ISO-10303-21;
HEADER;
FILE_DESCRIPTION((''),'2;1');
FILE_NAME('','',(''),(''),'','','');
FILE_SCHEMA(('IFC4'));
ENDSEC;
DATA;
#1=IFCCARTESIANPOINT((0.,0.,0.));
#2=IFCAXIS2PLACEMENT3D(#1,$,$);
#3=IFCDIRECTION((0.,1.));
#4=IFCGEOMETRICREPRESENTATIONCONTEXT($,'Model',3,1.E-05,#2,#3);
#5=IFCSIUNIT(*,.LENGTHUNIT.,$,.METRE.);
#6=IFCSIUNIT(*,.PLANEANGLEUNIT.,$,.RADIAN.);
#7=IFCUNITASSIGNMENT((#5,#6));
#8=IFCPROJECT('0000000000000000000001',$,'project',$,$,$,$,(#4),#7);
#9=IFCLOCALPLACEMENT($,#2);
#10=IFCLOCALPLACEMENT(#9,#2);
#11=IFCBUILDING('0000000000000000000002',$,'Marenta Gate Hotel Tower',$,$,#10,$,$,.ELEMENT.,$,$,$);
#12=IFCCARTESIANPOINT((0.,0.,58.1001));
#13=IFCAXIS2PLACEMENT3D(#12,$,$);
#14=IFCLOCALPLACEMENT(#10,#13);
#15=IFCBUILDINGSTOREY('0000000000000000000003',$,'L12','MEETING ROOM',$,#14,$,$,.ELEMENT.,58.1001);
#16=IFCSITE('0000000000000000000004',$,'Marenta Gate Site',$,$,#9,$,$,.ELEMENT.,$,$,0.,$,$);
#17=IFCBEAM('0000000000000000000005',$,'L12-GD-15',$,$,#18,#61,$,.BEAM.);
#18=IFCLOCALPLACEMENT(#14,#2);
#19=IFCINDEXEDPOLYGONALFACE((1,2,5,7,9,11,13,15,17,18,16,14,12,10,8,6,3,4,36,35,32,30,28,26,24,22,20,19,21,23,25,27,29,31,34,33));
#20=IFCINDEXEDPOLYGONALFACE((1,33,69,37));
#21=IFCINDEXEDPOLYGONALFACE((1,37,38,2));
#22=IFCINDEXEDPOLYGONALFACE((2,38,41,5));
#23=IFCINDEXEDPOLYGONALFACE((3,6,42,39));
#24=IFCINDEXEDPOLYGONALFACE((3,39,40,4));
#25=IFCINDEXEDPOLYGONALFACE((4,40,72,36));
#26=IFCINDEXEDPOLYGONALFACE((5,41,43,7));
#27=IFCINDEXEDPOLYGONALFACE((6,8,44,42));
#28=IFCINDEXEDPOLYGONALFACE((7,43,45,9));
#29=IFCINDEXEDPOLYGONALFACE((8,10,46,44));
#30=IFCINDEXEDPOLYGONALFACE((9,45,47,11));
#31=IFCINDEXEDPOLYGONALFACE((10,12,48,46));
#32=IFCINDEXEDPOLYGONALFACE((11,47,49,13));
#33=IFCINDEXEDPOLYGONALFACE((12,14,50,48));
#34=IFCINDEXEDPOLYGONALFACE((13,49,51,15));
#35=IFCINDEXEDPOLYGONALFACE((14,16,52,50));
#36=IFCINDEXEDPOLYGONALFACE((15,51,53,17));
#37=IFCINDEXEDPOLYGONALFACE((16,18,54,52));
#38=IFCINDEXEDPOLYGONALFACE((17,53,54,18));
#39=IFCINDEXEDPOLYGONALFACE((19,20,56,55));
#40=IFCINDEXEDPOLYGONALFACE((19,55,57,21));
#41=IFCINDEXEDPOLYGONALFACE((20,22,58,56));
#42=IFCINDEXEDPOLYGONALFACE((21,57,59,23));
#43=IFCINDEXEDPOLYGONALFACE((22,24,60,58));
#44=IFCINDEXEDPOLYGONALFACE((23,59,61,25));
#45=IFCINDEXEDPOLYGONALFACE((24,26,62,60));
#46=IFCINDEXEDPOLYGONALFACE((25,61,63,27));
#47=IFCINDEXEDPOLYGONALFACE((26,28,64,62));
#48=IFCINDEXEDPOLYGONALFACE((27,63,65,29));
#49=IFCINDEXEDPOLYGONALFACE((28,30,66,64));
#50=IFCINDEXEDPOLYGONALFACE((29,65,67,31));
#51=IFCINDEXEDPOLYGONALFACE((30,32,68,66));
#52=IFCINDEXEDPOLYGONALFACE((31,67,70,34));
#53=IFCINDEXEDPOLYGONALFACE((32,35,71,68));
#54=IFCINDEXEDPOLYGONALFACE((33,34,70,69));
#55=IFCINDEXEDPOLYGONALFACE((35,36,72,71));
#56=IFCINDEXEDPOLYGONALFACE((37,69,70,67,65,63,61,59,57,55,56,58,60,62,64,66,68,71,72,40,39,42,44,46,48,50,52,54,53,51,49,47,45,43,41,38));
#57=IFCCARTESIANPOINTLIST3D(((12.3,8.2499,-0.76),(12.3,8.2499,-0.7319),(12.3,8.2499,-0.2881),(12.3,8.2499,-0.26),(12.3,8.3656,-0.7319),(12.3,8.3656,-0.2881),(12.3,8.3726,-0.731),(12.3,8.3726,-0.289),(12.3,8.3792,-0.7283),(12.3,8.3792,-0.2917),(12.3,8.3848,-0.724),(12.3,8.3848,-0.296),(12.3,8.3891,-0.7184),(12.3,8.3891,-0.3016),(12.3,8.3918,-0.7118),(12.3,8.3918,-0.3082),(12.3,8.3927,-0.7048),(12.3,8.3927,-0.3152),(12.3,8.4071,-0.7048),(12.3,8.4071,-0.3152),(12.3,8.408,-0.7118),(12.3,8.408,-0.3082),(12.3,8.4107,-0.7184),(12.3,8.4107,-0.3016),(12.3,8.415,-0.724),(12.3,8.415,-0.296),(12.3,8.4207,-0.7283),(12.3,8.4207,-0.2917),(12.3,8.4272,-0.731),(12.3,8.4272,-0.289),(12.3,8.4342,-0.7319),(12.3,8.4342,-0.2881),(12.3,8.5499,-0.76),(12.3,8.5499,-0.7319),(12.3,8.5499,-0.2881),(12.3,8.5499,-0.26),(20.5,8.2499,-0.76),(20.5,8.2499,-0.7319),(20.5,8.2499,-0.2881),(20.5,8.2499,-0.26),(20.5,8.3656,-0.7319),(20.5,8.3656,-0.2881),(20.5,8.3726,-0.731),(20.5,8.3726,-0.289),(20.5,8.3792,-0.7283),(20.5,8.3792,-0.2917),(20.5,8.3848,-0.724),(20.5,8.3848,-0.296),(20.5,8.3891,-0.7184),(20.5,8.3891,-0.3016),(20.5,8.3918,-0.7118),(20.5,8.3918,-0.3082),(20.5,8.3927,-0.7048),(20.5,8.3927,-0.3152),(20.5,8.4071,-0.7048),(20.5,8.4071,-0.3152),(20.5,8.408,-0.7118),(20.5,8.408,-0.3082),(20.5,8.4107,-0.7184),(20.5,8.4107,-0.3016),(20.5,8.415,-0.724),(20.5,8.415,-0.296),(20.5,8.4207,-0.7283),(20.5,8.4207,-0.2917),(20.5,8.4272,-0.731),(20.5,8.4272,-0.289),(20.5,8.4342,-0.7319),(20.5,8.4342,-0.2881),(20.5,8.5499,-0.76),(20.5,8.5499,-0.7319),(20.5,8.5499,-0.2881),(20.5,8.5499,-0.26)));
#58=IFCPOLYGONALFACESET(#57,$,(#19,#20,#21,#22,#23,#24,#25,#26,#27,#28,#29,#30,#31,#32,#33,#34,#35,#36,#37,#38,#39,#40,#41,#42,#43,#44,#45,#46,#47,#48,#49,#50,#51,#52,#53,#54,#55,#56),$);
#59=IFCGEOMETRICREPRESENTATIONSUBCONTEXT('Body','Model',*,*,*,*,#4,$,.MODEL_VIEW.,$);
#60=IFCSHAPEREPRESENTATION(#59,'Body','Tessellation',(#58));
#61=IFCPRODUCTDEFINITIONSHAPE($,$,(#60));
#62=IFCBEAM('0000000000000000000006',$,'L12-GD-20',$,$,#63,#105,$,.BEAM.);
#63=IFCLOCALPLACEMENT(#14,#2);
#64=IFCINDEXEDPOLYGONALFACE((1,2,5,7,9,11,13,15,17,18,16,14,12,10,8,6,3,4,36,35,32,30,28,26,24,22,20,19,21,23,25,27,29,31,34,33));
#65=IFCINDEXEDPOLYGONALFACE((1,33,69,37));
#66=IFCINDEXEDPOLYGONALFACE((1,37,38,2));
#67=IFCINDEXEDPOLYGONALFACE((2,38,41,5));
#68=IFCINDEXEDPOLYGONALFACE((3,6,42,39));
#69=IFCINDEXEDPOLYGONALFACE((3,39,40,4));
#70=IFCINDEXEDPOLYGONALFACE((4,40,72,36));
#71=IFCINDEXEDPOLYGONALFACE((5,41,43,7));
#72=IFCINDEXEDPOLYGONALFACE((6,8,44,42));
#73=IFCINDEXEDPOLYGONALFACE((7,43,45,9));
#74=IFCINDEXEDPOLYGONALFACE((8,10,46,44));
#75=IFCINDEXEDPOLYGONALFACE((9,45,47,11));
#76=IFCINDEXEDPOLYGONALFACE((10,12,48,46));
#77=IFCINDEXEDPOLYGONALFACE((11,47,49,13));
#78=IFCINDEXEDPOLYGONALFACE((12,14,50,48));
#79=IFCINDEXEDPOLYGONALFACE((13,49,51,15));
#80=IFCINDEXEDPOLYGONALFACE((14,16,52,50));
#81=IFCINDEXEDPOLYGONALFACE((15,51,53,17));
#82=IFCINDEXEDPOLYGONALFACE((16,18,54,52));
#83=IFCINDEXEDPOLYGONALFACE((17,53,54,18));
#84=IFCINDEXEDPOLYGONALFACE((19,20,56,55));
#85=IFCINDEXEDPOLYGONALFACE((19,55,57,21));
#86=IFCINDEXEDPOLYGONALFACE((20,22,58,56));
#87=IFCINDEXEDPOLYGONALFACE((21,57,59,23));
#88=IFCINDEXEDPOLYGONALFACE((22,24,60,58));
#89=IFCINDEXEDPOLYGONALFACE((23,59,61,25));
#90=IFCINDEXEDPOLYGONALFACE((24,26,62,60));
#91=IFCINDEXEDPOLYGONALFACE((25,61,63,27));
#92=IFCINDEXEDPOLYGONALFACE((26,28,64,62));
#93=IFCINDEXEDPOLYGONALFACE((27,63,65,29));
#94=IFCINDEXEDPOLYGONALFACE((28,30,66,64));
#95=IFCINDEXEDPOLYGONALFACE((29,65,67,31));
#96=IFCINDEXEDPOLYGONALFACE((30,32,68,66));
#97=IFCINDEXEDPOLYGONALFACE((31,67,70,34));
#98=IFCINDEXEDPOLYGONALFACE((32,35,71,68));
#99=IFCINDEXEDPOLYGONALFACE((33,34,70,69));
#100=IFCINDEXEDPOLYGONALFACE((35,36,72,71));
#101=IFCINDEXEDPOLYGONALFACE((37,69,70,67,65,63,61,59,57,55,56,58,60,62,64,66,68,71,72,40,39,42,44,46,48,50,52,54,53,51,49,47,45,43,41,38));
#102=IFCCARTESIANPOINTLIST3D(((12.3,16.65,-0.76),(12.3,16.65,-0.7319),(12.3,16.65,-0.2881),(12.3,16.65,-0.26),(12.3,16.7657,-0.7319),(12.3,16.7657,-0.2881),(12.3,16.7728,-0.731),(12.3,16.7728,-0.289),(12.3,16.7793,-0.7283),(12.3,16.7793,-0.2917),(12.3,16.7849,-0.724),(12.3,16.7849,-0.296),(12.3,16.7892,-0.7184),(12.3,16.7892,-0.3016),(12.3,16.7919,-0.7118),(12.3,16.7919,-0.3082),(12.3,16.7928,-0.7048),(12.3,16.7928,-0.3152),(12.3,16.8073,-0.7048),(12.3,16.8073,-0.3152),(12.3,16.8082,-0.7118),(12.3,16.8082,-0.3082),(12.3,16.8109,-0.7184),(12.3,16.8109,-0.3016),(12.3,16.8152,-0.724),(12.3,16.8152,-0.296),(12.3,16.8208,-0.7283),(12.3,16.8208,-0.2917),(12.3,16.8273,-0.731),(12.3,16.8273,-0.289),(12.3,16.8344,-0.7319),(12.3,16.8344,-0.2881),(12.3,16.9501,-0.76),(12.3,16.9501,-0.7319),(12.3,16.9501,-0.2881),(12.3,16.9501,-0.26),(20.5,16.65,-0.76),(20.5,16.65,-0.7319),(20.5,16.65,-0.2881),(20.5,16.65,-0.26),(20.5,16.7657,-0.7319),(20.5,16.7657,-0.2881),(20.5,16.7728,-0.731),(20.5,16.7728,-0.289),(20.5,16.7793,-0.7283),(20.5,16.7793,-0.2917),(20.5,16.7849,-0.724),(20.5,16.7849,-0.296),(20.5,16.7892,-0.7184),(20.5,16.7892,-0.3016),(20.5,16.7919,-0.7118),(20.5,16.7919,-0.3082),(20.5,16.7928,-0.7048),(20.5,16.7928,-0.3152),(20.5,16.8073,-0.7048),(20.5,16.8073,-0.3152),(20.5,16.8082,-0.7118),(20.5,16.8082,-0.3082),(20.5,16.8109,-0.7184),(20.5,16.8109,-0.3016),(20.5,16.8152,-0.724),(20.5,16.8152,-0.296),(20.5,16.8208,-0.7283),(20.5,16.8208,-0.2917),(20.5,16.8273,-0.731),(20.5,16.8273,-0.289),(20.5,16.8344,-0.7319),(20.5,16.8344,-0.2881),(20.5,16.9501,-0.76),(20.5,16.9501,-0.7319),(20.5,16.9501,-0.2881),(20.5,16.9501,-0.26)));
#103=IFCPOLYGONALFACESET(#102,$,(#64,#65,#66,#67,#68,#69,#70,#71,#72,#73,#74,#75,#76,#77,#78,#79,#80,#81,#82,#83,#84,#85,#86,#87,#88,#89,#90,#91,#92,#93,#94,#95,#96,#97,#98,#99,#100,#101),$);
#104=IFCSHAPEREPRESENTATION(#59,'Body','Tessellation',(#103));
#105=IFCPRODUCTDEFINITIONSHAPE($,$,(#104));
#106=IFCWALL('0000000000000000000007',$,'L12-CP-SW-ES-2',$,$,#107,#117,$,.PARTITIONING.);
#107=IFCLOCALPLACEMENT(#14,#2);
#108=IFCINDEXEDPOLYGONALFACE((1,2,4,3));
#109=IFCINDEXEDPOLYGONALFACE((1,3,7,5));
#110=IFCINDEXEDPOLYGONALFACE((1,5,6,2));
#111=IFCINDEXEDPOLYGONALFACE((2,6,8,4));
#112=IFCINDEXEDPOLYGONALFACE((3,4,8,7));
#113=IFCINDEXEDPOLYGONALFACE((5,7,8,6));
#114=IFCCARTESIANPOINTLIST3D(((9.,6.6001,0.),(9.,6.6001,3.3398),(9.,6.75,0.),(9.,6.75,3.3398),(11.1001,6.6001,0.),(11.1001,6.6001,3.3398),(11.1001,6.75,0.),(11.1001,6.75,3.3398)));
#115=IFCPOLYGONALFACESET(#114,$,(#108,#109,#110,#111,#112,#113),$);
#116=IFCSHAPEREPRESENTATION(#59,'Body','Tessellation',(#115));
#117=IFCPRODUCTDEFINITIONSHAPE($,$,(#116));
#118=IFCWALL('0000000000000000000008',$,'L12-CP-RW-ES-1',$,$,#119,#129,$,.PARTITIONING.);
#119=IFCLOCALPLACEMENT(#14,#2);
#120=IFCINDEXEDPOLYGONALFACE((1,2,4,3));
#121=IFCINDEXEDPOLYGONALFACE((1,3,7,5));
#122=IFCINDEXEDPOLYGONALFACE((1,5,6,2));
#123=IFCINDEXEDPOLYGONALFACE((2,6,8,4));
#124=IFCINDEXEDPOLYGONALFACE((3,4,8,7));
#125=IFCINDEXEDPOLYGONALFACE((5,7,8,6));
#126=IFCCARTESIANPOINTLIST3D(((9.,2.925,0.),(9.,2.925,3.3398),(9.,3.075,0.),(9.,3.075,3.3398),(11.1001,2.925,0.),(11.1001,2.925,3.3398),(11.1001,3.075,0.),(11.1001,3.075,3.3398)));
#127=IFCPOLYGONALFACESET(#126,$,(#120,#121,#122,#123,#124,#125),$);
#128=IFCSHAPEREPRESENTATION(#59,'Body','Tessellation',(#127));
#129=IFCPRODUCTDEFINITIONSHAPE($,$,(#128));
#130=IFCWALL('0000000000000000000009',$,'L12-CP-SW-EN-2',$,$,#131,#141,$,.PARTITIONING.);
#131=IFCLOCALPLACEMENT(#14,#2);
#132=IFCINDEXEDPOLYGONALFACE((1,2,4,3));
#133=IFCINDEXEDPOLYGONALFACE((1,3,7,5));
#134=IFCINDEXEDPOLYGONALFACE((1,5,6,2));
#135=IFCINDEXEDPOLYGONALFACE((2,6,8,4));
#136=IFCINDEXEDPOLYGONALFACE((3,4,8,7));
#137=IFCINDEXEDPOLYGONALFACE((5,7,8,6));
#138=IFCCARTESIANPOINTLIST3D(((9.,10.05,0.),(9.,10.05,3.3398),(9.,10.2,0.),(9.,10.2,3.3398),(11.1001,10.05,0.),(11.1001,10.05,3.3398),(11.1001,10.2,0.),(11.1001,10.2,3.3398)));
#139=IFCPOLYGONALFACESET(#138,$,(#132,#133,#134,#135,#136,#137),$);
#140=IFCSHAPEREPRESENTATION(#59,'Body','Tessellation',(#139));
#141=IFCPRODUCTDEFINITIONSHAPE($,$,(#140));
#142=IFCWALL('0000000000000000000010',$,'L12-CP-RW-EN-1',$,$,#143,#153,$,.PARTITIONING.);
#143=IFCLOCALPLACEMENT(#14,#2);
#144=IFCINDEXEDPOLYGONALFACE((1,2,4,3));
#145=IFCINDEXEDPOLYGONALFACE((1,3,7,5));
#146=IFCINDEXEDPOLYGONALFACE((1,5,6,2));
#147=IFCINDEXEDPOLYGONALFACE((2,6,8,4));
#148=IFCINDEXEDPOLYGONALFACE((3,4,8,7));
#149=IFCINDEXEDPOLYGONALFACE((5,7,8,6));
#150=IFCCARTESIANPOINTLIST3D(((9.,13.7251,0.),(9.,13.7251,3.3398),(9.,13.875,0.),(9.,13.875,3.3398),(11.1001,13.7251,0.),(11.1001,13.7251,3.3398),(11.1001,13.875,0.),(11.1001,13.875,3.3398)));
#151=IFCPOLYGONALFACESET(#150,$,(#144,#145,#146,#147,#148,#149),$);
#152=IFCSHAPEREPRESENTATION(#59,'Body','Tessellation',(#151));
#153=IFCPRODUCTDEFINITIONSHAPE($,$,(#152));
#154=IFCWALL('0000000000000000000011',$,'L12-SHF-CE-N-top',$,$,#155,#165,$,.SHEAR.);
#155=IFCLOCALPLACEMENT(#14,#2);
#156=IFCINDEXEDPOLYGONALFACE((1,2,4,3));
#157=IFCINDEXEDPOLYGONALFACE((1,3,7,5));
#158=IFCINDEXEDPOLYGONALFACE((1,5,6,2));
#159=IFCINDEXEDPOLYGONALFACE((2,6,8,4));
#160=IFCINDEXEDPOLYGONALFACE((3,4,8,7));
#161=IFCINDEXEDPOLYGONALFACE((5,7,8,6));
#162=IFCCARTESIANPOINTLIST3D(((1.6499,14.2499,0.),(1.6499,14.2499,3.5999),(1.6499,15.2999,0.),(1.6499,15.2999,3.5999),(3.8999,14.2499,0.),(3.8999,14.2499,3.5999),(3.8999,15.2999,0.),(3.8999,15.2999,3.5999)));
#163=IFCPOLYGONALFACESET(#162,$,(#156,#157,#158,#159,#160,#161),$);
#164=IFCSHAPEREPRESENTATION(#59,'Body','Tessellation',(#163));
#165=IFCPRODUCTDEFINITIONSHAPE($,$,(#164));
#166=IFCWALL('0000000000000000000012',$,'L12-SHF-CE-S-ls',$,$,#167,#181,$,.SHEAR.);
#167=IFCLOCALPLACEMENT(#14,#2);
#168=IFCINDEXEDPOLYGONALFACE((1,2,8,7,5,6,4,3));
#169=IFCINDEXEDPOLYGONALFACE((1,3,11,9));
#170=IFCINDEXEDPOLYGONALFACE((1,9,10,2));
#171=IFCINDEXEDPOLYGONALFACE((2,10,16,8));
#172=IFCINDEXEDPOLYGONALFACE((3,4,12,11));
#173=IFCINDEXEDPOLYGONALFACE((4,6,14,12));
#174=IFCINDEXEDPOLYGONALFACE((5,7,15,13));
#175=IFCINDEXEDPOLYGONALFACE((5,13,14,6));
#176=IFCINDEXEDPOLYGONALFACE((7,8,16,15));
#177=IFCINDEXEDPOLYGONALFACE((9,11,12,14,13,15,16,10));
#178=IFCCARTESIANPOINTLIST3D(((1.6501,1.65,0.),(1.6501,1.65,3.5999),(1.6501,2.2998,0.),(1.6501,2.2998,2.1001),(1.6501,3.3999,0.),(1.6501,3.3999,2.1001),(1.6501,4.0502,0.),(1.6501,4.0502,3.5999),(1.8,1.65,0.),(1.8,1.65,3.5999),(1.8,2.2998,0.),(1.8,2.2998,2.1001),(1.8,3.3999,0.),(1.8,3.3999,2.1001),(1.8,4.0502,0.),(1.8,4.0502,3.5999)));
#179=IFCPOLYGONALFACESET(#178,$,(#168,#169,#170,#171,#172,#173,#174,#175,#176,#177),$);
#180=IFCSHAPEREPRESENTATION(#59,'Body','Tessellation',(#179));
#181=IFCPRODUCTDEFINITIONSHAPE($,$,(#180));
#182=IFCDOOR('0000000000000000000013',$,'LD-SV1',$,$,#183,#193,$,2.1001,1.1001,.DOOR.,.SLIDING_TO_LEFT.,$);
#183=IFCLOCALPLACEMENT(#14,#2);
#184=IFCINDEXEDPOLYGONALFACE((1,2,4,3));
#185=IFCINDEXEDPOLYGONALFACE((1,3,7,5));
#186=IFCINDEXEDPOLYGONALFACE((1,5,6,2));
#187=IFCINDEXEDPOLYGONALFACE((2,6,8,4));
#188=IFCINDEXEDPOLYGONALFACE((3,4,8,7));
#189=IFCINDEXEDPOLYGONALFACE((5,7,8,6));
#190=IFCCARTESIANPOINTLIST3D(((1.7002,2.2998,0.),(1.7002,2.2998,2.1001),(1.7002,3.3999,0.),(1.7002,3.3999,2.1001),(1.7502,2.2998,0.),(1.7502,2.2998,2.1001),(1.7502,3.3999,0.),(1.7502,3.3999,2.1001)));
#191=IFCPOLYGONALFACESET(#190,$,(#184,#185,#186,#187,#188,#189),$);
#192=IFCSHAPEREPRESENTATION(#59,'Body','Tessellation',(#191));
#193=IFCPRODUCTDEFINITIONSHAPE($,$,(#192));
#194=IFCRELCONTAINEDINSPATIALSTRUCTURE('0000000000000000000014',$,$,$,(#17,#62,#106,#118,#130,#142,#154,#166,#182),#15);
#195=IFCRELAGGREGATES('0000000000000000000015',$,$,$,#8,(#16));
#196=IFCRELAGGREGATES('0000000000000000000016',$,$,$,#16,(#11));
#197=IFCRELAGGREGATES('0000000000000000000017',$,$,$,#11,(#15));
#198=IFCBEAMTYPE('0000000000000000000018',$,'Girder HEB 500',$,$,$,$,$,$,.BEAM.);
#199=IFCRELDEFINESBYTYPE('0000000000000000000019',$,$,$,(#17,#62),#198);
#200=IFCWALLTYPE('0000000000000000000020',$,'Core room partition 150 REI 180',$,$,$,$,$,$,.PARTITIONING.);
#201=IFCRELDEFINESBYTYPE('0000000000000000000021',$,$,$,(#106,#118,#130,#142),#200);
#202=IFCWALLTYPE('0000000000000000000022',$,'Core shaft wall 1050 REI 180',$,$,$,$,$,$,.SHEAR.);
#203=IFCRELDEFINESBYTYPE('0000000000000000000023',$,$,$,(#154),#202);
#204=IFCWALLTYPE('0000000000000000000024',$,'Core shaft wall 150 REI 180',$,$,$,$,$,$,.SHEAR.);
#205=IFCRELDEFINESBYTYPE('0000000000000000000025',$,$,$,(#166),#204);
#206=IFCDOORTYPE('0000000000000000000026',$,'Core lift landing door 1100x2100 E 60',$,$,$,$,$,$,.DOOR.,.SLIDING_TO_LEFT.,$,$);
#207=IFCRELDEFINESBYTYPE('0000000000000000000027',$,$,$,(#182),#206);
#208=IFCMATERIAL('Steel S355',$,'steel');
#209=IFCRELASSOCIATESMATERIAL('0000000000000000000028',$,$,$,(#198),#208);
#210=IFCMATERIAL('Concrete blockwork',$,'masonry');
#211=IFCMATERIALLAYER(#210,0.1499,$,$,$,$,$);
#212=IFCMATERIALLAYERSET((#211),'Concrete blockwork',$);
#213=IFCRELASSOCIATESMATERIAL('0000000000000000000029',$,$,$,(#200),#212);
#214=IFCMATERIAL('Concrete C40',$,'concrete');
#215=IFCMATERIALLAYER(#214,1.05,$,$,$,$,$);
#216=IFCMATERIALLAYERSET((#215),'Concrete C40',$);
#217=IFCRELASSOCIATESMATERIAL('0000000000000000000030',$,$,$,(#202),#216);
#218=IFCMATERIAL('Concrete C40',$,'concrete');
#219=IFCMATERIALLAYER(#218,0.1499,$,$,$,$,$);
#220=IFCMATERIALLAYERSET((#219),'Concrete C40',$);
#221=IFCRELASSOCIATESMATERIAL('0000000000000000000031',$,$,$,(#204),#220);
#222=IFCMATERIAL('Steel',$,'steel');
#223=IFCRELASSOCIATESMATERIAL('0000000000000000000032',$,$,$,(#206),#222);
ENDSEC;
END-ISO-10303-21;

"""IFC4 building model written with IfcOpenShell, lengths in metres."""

from ifc_helpers import new_model, si_unit, direction, frame, frame_2d, origin, origin_2d, place, context, subcontext, project, spatial, rectangle, i_section, extrude, material, layer, layer_set, material_profile, profile_set, type_object, element, fill, save


model = new_model("IFC4")

# Units and contexts
model_context = context("Model", 3, precision=1e-05, world=origin(), true_north=direction((0.0, 1.0)))
body_context = subcontext(model_context, "Body", "Model", "MODEL_VIEW")
ifc_project = project(units=[si_unit("LENGTHUNIT", "METRE"), si_unit("PLANEANGLEUNIT", "RADIAN")], contexts=[model_context])

# Site, building, storey
site_placement = place(None, origin())
site = spatial("IfcSite", under=ifc_project, at=site_placement, Name="Marenta Gate Site", CompositionType="ELEMENT", RefElevation=0.0)
building_placement = place(site_placement, origin())
building = spatial("IfcBuilding", under=site, at=building_placement, Name="Marenta Gate Hotel Tower", CompositionType="ELEMENT")
storey_placement = place(building_placement, frame((0.0, 0.0, 58.1001)))
storey = spatial("IfcBuildingStorey", under=building, at=storey_placement, Name="L12", Description="MEETING ROOM", CompositionType="ELEMENT", Elevation=58.1001)

# Beams
ifc_material_1 = material(Name="Steel S355", Category="steel")
ifc_material_profile = material_profile(ifc_material_1, i_section(OverallWidth=0.3, OverallDepth=0.5, WebThickness=0.0144, FlangeThickness=0.0281, FilletRadius=0.0271, at=origin_2d()), Name="HEB 500")
ifc_profile_set = profile_set([ifc_material_profile], Name="Steel S355")
beam_type = type_object("IfcBeamType", Name="Girder HEB 500", PredefinedType="BEAM", material=ifc_profile_set)
for number, where, z_axis, x_axis, name in (
    (1, (12.3, 8.3999, -0.51), (1.0, 0.0, 0.0), (0.0, 1.0, 0.0), "L12-GD-15"),
    (2, (12.3, 16.8, -0.51), (1.0, 0.0, 0.0), (0.0, 1.0, 0.0), "L12-GD-20"),
):
    element("IfcBeam", number, at=place(storey_placement, frame(where, z_axis=z_axis, x_axis=x_axis)), inside=storey, type_object=beam_type, Name=name, PredefinedType="BEAM", context=body_context, shape_type="SweptSolid", body=[
        extrude(i_section(OverallWidth=0.3, OverallDepth=0.5, WebThickness=0.0144, FlangeThickness=0.0281, FilletRadius=0.0271, at=origin_2d()), origin(), (0.0, 0.0, 1.0), 8.2),
    ])

# Walls
ifc_material_2 = material(Name="Concrete blockwork", Category="masonry")
ifc_layer_1 = layer(ifc_material_2, 0.1499)
ifc_layer_set_1 = layer_set([ifc_layer_1], Name="Concrete blockwork")
wall_type_1 = type_object("IfcWallType", Name="Core room partition 150 REI 180", PredefinedType="PARTITIONING", material=ifc_layer_set_1)
for number, where, z_axis, x_axis, name in (
    (3, (9.0, 6.675, 0.0), (0.0, 0.0, 1.0), (1.0, 0.0, 0.0), "L12-CP-SW-ES-2"),
    (4, (9.0, 3.0, 0.0), (0.0, 0.0, 1.0), (1.0, 0.0, 0.0), "L12-CP-RW-ES-1"),
    (5, (9.0, 10.125, 0.0), (0.0, 0.0, 1.0), (1.0, 0.0, 0.0), "L12-CP-SW-EN-2"),
    (6, (9.0, 13.8, 0.0), (0.0, 0.0, 1.0), (1.0, 0.0, 0.0), "L12-CP-RW-EN-1"),
):
    element("IfcWall", number, at=place(storey_placement, frame(where, z_axis=z_axis, x_axis=x_axis)), inside=storey, type_object=wall_type_1, Name=name, PredefinedType="PARTITIONING", context=body_context, shape_type="SweptSolid", body=[
        extrude(rectangle(XDim=2.1001, YDim=0.1499, at=frame_2d((1.05, 0.0))), origin(), (0.0, 0.0, 1.0), 3.3398),
    ])
ifc_material_3 = material(Name="Concrete C40", Category="concrete")
ifc_layer_2 = layer(ifc_material_3, 1.05)
ifc_layer_set_2 = layer_set([ifc_layer_2], Name="Concrete C40")
wall_type_2 = type_object("IfcWallType", Name="Core shaft wall 1050 REI 180", PredefinedType="SHEAR", material=ifc_layer_set_2)
wall_1_placement = place(storey_placement, frame((1.6499, 14.7749, 0.0), z_axis=(0.0, 0.0, 1.0), x_axis=(1.0, 0.0, 0.0)))
element("IfcWall", 7, at=wall_1_placement, inside=storey, type_object=wall_type_2, Name="L12-SHF-CE-N-top", PredefinedType="SHEAR", context=body_context, shape_type="SweptSolid", body=[
    extrude(rectangle(XDim=2.25, YDim=1.05, at=frame_2d((1.125, 0.0))), origin(), (0.0, 0.0, 1.0), 3.5999),
])

# Wall, opening, door
ifc_material_4 = material(Name="Concrete C40", Category="concrete")
ifc_layer_3 = layer(ifc_material_4, 0.1499)
ifc_layer_set_3 = layer_set([ifc_layer_3], Name="Concrete C40")
wall_type_3 = type_object("IfcWallType", Name="Core shaft wall 150 REI 180", PredefinedType="SHEAR", material=ifc_layer_set_3)
wall_2_placement = place(storey_placement, frame((1.7251, 1.6499, 0.0), z_axis=(0.0, 0.0, 1.0), x_axis=(0.0, 1.0, 0.0)))
wall_2 = element("IfcWall", 8, at=wall_2_placement, inside=storey, type_object=wall_type_3, Name="L12-SHF-CE-S-ls", PredefinedType="SHEAR", context=body_context, shape_type="SweptSolid", body=[
    extrude(rectangle(XDim=2.4001, YDim=0.1499, at=frame_2d((1.2002, 0.0))), origin(), (0.0, 0.0, 1.0), 3.5999),
])
opening_1_placement = place(wall_2_placement, frame((0.6499, 0.0, 0.0)))
opening_1 = element("IfcOpeningElement", 9, at=opening_1_placement, cuts=wall_2, PredefinedType="OPENING", context=body_context, shape_type="SweptSolid", body=[
    extrude(rectangle(XDim=1.1001, YDim=2.1001, at=frame_2d((0.55, 1.05))), frame((0.0, 0.075, 0.0), z_axis=(0.0, -1.0, 0.0), x_axis=(1.0, 0.0, 0.0)), (0.0, 0.0, 1.0), 0.1499),
])
ifc_material_5 = material(Name="Steel", Category="steel")
door_type_1 = type_object("IfcDoorType", Name="Core lift landing door 1100x2100 E 60", OperationType="SLIDING_TO_LEFT", PredefinedType="DOOR", material=ifc_material_5)
door_1_placement = place(opening_1_placement, origin())
door_1 = element("IfcDoor", 10, at=door_1_placement, inside=storey, type_object=door_type_1, Name="LD-SV1", OperationType="SLIDING_TO_LEFT", OverallHeight=2.1001, OverallWidth=1.1001, PredefinedType="DOOR", context=body_context, shape_type="SweptSolid", body=[
    extrude(rectangle(XDim=1.1001, YDim=2.1001, at=frame_2d((0.55, 1.05))), frame((0.0, 0.0249, 0.0), z_axis=(0.0, -1.0, 0.0), x_axis=(1.0, 0.0, 0.0)), (0.0, 0.0, 1.0), 0.05),
])
fill(opening_1, door_1)

save(model, "model.ifc")
